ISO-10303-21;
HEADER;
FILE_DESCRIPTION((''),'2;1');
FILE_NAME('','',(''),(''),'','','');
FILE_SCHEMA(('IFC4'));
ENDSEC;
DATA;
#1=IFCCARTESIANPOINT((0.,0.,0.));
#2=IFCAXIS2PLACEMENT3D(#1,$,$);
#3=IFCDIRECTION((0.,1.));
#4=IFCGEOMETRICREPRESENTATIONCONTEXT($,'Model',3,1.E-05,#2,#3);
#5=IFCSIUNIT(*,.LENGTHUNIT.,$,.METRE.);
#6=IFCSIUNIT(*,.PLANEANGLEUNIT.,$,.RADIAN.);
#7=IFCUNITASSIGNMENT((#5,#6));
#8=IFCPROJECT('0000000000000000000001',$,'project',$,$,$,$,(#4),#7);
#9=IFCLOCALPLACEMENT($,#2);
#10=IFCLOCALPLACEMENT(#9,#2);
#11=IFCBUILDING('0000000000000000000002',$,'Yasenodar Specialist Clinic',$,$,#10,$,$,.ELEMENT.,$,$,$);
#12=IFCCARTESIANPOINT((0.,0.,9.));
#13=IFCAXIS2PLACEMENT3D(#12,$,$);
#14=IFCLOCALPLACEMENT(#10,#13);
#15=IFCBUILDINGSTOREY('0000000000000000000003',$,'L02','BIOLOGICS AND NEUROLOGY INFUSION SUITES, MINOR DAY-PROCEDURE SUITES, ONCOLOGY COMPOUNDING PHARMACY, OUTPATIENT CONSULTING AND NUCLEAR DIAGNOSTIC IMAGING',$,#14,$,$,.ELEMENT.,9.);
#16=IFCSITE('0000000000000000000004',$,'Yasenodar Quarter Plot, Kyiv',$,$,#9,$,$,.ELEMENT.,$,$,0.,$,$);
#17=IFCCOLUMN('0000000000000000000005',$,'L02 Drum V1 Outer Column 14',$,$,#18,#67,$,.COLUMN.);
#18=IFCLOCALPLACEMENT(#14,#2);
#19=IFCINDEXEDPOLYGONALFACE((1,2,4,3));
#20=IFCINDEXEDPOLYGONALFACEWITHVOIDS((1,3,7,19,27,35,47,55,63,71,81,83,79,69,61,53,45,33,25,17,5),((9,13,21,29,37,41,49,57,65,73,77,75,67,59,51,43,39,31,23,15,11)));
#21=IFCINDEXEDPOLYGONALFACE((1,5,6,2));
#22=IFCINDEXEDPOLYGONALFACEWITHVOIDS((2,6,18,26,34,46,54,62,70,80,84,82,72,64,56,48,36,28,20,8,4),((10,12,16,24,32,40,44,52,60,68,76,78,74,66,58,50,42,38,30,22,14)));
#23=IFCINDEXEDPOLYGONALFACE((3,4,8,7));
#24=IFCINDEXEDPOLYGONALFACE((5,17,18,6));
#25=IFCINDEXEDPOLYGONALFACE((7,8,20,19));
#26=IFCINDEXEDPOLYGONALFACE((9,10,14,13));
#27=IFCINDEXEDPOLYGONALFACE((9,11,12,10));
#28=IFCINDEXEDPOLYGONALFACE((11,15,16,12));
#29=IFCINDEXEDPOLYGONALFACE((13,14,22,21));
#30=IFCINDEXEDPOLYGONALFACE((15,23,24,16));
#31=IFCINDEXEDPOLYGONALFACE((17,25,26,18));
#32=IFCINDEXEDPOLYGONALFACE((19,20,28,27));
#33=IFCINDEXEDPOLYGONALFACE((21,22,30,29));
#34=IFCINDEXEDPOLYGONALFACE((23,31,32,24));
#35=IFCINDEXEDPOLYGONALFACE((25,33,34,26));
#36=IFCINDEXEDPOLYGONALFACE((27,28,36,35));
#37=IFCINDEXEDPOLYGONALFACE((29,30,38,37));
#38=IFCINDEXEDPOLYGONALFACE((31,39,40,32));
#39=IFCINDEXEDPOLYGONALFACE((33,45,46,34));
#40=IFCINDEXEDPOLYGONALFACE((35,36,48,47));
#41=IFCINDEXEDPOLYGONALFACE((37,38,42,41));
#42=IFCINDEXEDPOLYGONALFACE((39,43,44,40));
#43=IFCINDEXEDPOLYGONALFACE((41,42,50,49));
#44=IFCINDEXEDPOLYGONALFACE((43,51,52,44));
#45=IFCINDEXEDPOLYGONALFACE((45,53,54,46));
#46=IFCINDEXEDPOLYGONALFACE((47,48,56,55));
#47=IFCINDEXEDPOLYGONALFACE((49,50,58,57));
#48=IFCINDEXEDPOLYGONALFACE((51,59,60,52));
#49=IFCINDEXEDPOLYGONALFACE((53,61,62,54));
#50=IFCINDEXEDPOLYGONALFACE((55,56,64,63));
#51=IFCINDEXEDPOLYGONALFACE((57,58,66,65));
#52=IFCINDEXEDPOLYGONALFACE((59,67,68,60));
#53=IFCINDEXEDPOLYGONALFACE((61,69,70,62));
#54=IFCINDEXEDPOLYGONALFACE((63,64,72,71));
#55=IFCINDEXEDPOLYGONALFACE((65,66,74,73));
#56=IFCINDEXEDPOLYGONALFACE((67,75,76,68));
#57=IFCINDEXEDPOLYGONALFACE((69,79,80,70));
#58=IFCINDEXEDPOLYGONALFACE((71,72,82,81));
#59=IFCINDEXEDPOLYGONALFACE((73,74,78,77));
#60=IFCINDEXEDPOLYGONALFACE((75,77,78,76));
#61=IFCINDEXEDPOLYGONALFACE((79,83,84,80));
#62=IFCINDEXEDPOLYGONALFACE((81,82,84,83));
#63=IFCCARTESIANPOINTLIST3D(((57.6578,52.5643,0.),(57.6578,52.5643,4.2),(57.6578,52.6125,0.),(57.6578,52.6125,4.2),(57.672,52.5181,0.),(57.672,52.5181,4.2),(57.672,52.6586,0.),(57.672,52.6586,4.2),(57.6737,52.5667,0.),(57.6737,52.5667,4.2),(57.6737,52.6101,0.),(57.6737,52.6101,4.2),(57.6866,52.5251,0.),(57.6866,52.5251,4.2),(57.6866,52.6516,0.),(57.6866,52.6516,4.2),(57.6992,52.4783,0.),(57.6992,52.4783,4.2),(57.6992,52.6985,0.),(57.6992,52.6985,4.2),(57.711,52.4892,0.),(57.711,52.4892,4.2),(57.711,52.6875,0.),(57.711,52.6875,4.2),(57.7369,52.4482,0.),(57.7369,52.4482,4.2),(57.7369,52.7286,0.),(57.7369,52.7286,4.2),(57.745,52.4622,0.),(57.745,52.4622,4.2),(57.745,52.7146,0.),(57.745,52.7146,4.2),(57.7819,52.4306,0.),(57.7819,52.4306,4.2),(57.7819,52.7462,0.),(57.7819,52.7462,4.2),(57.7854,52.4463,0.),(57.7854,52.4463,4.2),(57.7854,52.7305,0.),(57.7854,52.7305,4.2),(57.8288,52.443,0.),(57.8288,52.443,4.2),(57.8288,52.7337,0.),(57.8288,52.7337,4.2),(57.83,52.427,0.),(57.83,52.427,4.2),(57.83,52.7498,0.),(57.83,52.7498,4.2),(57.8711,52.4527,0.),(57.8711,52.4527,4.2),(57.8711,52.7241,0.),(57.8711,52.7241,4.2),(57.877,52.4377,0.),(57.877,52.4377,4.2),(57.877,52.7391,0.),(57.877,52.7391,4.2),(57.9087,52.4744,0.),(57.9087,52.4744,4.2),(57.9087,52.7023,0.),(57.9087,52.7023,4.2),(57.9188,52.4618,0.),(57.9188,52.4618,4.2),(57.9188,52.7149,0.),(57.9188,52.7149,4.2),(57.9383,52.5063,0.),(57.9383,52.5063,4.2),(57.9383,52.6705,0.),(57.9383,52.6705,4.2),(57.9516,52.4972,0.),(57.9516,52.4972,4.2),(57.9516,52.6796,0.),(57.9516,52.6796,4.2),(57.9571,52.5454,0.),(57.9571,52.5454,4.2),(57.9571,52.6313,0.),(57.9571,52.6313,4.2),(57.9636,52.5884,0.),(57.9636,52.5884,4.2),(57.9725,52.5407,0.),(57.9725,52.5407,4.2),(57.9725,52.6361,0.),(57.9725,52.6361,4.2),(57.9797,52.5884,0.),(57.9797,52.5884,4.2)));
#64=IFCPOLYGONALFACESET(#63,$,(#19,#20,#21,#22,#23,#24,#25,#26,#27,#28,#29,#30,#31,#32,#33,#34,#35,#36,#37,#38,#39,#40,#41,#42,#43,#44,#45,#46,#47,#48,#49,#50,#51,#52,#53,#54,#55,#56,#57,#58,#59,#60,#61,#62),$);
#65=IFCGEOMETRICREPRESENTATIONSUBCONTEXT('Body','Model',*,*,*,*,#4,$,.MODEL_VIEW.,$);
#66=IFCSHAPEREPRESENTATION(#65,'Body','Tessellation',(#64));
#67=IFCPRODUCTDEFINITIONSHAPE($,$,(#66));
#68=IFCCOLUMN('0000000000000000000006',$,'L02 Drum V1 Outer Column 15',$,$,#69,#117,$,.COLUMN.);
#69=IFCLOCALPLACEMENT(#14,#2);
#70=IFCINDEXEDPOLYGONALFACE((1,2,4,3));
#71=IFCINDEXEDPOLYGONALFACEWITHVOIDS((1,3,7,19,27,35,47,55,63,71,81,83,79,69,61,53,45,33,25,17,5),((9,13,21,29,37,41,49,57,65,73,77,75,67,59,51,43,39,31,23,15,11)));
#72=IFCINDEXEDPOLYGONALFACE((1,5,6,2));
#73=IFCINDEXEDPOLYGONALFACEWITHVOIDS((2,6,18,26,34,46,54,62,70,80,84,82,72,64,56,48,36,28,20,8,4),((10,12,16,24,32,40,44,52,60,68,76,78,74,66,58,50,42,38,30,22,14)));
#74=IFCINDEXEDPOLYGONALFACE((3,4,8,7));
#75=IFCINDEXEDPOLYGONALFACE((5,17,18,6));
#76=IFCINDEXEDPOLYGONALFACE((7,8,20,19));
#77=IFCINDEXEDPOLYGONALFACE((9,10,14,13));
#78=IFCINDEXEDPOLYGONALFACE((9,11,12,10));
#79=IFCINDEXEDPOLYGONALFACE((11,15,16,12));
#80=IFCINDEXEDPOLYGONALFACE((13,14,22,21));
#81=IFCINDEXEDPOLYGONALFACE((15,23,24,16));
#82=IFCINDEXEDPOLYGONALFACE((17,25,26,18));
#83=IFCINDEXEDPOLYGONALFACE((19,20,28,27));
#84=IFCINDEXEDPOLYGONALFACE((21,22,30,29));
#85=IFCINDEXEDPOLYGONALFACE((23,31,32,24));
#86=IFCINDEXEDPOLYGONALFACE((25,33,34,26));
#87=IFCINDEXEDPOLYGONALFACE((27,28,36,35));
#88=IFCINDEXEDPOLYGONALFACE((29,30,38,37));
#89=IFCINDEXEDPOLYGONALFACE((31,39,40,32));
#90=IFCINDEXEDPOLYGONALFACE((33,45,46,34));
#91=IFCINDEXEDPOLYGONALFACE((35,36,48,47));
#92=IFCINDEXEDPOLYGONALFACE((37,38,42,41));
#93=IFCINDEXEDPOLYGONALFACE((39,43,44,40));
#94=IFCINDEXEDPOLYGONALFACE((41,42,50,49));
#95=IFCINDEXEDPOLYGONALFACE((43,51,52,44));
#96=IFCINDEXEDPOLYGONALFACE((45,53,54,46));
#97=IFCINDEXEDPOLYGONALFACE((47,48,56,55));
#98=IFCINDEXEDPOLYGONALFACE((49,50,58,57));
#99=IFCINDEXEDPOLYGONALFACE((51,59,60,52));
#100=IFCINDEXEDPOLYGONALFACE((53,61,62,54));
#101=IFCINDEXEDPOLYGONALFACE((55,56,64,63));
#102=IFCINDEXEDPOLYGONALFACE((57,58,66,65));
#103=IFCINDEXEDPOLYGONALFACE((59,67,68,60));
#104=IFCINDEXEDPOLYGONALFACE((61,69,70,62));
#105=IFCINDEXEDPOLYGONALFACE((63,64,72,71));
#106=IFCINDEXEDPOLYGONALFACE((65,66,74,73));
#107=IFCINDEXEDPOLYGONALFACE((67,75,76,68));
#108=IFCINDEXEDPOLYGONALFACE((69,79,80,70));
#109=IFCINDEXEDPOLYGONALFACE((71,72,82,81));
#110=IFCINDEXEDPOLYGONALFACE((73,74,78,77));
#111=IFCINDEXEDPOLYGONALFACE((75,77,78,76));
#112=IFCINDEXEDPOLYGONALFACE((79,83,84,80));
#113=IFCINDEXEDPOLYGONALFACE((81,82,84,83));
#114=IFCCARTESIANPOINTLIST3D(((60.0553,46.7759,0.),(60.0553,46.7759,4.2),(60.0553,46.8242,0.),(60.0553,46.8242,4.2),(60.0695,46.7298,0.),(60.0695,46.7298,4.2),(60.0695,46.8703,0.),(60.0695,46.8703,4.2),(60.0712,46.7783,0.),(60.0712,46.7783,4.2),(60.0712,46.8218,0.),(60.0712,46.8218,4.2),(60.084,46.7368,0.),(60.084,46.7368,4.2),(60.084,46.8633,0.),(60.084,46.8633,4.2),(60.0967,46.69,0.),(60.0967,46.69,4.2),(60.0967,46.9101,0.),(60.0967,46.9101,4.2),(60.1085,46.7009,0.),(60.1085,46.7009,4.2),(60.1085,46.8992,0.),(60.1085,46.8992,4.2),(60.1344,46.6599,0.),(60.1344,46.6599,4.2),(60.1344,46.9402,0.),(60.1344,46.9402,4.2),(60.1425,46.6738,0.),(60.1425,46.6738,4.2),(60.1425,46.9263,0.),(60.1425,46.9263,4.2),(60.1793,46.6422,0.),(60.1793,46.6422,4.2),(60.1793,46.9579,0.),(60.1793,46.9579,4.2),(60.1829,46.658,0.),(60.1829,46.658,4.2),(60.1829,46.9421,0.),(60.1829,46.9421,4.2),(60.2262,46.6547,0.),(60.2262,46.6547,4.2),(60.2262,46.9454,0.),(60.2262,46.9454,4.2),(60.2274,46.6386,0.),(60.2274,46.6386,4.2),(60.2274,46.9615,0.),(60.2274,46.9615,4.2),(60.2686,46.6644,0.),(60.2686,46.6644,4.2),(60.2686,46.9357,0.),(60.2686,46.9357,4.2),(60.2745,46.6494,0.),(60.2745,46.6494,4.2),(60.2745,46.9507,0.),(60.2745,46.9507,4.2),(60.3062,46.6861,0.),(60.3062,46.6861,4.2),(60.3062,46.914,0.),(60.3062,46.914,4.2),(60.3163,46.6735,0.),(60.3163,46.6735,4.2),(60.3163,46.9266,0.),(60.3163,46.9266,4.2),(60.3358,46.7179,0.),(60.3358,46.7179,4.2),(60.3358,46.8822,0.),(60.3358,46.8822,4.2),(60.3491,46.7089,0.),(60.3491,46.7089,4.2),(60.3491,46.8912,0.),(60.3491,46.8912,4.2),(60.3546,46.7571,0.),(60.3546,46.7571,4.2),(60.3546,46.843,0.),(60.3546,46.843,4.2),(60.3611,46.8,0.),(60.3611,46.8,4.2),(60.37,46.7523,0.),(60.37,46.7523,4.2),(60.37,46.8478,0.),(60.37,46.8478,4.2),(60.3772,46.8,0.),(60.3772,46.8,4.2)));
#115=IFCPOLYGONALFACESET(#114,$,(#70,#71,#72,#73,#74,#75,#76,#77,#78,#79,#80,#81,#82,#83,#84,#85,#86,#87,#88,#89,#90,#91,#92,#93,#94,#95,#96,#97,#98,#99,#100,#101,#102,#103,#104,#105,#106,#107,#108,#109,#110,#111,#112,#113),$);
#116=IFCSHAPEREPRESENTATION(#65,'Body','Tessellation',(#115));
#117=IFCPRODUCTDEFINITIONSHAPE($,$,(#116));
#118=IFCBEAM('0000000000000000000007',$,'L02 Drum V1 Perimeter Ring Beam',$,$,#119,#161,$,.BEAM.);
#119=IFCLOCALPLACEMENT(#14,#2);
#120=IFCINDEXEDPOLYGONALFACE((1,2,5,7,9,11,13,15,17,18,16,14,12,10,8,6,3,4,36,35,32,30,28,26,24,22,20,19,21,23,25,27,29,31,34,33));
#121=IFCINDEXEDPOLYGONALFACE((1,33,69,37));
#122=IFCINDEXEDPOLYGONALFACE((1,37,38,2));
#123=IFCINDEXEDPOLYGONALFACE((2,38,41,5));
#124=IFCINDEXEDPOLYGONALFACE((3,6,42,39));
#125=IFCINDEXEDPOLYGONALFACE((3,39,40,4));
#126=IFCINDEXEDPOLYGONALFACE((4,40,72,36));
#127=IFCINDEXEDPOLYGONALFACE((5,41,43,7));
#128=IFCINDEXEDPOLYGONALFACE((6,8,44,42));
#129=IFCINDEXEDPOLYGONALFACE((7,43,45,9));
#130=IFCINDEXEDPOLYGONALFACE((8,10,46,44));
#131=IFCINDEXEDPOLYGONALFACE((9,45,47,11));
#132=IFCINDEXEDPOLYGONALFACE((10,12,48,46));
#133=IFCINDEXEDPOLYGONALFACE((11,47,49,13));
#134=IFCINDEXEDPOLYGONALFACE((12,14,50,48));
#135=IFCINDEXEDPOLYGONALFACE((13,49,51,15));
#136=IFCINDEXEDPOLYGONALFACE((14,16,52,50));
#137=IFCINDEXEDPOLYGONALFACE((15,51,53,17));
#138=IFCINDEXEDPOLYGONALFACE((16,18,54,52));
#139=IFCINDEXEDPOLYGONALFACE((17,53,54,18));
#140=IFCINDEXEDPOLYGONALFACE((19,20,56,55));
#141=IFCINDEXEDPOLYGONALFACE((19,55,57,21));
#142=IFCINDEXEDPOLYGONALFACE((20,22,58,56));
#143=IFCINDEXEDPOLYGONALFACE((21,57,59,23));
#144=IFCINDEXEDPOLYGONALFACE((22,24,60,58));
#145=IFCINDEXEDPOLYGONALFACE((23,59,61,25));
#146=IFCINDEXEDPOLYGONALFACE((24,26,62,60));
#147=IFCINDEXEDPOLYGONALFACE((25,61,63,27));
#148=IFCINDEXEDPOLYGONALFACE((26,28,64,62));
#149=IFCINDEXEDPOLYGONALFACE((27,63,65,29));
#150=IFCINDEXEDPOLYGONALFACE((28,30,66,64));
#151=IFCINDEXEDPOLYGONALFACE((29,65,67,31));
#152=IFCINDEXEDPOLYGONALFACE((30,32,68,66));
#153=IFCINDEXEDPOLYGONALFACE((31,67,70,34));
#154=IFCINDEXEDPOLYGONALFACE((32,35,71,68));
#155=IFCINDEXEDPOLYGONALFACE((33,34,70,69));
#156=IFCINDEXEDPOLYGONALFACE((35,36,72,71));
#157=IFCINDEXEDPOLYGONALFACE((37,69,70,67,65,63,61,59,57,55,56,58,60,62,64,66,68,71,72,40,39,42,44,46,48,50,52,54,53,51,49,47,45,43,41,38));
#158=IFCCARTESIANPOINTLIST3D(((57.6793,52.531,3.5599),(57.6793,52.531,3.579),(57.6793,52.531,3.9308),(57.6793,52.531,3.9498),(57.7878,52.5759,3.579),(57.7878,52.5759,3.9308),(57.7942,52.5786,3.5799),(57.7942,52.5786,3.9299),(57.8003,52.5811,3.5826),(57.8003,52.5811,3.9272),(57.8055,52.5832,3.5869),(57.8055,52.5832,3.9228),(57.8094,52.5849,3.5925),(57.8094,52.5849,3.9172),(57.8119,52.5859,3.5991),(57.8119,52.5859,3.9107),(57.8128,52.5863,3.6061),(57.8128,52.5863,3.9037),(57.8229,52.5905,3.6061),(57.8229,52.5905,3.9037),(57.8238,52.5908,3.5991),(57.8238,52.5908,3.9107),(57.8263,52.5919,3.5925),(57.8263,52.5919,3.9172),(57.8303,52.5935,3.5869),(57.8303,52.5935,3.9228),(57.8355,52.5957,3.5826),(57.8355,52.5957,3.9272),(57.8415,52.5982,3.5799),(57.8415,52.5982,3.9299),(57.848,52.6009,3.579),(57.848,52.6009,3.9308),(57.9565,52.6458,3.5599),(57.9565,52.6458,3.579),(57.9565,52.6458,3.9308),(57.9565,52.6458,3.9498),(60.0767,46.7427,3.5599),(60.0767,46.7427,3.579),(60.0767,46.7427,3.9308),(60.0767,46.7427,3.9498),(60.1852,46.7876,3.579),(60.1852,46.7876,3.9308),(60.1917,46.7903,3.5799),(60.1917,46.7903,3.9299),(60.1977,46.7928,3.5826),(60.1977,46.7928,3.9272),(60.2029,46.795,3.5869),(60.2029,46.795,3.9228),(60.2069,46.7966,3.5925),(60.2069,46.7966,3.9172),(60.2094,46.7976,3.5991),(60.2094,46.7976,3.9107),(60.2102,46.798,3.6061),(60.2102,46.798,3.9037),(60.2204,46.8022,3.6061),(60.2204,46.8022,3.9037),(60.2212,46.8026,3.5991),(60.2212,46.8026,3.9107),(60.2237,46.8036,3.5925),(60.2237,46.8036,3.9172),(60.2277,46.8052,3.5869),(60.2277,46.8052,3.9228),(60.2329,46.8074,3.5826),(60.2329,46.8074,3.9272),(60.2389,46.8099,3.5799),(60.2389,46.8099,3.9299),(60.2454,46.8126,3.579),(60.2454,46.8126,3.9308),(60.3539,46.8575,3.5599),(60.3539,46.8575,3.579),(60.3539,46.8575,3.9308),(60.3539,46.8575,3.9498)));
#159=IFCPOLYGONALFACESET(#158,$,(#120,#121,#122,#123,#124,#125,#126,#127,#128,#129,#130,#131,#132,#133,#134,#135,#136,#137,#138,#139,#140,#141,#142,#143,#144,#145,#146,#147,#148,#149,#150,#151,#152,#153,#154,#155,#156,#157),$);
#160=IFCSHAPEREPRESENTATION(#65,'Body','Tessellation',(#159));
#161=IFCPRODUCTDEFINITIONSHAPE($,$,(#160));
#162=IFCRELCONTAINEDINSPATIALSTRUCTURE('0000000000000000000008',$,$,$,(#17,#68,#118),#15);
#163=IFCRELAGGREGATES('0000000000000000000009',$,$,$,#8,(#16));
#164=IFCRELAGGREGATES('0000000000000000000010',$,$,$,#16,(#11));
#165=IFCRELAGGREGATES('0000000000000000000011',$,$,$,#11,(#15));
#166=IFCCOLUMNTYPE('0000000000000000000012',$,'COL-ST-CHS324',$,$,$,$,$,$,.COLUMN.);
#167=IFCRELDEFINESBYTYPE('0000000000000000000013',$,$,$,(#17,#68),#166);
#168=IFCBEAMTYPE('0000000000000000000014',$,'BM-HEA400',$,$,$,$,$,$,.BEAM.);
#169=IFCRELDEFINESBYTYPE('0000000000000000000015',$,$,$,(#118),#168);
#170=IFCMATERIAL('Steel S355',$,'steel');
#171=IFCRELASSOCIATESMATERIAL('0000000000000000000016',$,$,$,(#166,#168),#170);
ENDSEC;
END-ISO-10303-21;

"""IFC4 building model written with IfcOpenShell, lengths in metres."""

from ifc_helpers import new_model, si_unit, direction, frame, origin, origin_2d, place, context, subcontext, project, spatial, hollow_circle, i_section, extrude, material, material_profile, profile_set, type_object, element, save


model = new_model("IFC4")

# Units and contexts
model_context = context("Model", 3, precision=1e-05, world=origin(), true_north=direction((0.0, 1.0)))
body_context = subcontext(model_context, "Body", "Model", "MODEL_VIEW")
ifc_project = project(units=[si_unit("LENGTHUNIT", "METRE"), si_unit("PLANEANGLEUNIT", "RADIAN")], contexts=[model_context])

# Site, building, storey
site_placement = place(None, origin())
site = spatial("IfcSite", under=ifc_project, at=site_placement, Name="Yasenodar Quarter Plot, Kyiv", CompositionType="ELEMENT", RefElevation=0.0)
building_placement = place(site_placement, origin())
building = spatial("IfcBuilding", under=site, at=building_placement, Name="Yasenodar Specialist Clinic", CompositionType="ELEMENT")
storey_placement = place(building_placement, frame((0.0, 0.0, 9.0)))
storey = spatial("IfcBuildingStorey", under=building, at=storey_placement, Name="L02", Description="BIOLOGICS AND NEUROLOGY INFUSION SUITES, MINOR DAY-PROCEDURE SUITES, ONCOLOGY COMPOUNDING PHARMACY, OUTPATIENT CONSULTING AND NUCLEAR DIAGNOSTIC IMAGING", CompositionType="ELEMENT", Elevation=9.0)

# Columns
ifc_material_1 = material(Name="Steel S355", Category="steel")
ifc_material_profile_1 = material_profile(ifc_material_1, hollow_circle(Radius=0.1619, WallThickness=0.0161, at=origin_2d()), Name="CHS 323.9x16")
ifc_profile_set_1 = profile_set([ifc_material_profile_1], Name="Steel S355")
column_type = type_object("IfcColumnType", Name="COL-ST-CHS324", PredefinedType="COLUMN", material=ifc_profile_set_1)
for number, where, z_axis, x_axis, name in (
    (1, (57.8179, 52.5884, 0.0), (0.0, 0.0, 1.0), (1.0, 0.0, 0.0), "L02 Drum V1 Outer Column 14"),
    (2, (60.2153, 46.8, 0.0), (0.0, 0.0, 1.0), (1.0, 0.0, 0.0), "L02 Drum V1 Outer Column 15"),
):
    element("IfcColumn", number, at=place(storey_placement, frame(where, z_axis=z_axis, x_axis=x_axis)), inside=storey, type_object=column_type, Name=name, PredefinedType="COLUMN", context=body_context, shape_type="SweptSolid", body=[
        extrude(hollow_circle(Radius=0.1619, WallThickness=0.0161, at=origin_2d()), origin(), (0.0, 0.0, 1.0), 4.2),
    ])

# Beam
ifc_material_profile_2 = material_profile(ifc_material_1, i_section(OverallWidth=0.3, OverallDepth=0.3899, WebThickness=0.011, FlangeThickness=0.019, FilletRadius=0.0271, at=origin_2d()), Name="HEA 400")
ifc_profile_set_2 = profile_set([ifc_material_profile_2], Name="Steel S355")
beam_type = type_object("IfcBeamType", Name="BM-HEA400", PredefinedType="BEAM", material=ifc_profile_set_2)
beam_1_placement = place(storey_placement, frame((57.8179, 52.5884, 3.7549), z_axis=(0.382664, -0.923888, 0.0), x_axis=(0.923888, 0.382664, 0.0)))
element("IfcBeam", 3, at=beam_1_placement, inside=storey, type_object=beam_type, Name="L02 Drum V1 Perimeter Ring Beam", PredefinedType="BEAM", context=body_context, shape_type="SweptSolid", body=[
    extrude(i_section(OverallWidth=0.3, OverallDepth=0.3899, WebThickness=0.011, FlangeThickness=0.019, FilletRadius=0.0271, at=origin_2d()), origin(), (0.0, 0.0, 1.0), 6.2651),
])

save(model, "model.ifc")
